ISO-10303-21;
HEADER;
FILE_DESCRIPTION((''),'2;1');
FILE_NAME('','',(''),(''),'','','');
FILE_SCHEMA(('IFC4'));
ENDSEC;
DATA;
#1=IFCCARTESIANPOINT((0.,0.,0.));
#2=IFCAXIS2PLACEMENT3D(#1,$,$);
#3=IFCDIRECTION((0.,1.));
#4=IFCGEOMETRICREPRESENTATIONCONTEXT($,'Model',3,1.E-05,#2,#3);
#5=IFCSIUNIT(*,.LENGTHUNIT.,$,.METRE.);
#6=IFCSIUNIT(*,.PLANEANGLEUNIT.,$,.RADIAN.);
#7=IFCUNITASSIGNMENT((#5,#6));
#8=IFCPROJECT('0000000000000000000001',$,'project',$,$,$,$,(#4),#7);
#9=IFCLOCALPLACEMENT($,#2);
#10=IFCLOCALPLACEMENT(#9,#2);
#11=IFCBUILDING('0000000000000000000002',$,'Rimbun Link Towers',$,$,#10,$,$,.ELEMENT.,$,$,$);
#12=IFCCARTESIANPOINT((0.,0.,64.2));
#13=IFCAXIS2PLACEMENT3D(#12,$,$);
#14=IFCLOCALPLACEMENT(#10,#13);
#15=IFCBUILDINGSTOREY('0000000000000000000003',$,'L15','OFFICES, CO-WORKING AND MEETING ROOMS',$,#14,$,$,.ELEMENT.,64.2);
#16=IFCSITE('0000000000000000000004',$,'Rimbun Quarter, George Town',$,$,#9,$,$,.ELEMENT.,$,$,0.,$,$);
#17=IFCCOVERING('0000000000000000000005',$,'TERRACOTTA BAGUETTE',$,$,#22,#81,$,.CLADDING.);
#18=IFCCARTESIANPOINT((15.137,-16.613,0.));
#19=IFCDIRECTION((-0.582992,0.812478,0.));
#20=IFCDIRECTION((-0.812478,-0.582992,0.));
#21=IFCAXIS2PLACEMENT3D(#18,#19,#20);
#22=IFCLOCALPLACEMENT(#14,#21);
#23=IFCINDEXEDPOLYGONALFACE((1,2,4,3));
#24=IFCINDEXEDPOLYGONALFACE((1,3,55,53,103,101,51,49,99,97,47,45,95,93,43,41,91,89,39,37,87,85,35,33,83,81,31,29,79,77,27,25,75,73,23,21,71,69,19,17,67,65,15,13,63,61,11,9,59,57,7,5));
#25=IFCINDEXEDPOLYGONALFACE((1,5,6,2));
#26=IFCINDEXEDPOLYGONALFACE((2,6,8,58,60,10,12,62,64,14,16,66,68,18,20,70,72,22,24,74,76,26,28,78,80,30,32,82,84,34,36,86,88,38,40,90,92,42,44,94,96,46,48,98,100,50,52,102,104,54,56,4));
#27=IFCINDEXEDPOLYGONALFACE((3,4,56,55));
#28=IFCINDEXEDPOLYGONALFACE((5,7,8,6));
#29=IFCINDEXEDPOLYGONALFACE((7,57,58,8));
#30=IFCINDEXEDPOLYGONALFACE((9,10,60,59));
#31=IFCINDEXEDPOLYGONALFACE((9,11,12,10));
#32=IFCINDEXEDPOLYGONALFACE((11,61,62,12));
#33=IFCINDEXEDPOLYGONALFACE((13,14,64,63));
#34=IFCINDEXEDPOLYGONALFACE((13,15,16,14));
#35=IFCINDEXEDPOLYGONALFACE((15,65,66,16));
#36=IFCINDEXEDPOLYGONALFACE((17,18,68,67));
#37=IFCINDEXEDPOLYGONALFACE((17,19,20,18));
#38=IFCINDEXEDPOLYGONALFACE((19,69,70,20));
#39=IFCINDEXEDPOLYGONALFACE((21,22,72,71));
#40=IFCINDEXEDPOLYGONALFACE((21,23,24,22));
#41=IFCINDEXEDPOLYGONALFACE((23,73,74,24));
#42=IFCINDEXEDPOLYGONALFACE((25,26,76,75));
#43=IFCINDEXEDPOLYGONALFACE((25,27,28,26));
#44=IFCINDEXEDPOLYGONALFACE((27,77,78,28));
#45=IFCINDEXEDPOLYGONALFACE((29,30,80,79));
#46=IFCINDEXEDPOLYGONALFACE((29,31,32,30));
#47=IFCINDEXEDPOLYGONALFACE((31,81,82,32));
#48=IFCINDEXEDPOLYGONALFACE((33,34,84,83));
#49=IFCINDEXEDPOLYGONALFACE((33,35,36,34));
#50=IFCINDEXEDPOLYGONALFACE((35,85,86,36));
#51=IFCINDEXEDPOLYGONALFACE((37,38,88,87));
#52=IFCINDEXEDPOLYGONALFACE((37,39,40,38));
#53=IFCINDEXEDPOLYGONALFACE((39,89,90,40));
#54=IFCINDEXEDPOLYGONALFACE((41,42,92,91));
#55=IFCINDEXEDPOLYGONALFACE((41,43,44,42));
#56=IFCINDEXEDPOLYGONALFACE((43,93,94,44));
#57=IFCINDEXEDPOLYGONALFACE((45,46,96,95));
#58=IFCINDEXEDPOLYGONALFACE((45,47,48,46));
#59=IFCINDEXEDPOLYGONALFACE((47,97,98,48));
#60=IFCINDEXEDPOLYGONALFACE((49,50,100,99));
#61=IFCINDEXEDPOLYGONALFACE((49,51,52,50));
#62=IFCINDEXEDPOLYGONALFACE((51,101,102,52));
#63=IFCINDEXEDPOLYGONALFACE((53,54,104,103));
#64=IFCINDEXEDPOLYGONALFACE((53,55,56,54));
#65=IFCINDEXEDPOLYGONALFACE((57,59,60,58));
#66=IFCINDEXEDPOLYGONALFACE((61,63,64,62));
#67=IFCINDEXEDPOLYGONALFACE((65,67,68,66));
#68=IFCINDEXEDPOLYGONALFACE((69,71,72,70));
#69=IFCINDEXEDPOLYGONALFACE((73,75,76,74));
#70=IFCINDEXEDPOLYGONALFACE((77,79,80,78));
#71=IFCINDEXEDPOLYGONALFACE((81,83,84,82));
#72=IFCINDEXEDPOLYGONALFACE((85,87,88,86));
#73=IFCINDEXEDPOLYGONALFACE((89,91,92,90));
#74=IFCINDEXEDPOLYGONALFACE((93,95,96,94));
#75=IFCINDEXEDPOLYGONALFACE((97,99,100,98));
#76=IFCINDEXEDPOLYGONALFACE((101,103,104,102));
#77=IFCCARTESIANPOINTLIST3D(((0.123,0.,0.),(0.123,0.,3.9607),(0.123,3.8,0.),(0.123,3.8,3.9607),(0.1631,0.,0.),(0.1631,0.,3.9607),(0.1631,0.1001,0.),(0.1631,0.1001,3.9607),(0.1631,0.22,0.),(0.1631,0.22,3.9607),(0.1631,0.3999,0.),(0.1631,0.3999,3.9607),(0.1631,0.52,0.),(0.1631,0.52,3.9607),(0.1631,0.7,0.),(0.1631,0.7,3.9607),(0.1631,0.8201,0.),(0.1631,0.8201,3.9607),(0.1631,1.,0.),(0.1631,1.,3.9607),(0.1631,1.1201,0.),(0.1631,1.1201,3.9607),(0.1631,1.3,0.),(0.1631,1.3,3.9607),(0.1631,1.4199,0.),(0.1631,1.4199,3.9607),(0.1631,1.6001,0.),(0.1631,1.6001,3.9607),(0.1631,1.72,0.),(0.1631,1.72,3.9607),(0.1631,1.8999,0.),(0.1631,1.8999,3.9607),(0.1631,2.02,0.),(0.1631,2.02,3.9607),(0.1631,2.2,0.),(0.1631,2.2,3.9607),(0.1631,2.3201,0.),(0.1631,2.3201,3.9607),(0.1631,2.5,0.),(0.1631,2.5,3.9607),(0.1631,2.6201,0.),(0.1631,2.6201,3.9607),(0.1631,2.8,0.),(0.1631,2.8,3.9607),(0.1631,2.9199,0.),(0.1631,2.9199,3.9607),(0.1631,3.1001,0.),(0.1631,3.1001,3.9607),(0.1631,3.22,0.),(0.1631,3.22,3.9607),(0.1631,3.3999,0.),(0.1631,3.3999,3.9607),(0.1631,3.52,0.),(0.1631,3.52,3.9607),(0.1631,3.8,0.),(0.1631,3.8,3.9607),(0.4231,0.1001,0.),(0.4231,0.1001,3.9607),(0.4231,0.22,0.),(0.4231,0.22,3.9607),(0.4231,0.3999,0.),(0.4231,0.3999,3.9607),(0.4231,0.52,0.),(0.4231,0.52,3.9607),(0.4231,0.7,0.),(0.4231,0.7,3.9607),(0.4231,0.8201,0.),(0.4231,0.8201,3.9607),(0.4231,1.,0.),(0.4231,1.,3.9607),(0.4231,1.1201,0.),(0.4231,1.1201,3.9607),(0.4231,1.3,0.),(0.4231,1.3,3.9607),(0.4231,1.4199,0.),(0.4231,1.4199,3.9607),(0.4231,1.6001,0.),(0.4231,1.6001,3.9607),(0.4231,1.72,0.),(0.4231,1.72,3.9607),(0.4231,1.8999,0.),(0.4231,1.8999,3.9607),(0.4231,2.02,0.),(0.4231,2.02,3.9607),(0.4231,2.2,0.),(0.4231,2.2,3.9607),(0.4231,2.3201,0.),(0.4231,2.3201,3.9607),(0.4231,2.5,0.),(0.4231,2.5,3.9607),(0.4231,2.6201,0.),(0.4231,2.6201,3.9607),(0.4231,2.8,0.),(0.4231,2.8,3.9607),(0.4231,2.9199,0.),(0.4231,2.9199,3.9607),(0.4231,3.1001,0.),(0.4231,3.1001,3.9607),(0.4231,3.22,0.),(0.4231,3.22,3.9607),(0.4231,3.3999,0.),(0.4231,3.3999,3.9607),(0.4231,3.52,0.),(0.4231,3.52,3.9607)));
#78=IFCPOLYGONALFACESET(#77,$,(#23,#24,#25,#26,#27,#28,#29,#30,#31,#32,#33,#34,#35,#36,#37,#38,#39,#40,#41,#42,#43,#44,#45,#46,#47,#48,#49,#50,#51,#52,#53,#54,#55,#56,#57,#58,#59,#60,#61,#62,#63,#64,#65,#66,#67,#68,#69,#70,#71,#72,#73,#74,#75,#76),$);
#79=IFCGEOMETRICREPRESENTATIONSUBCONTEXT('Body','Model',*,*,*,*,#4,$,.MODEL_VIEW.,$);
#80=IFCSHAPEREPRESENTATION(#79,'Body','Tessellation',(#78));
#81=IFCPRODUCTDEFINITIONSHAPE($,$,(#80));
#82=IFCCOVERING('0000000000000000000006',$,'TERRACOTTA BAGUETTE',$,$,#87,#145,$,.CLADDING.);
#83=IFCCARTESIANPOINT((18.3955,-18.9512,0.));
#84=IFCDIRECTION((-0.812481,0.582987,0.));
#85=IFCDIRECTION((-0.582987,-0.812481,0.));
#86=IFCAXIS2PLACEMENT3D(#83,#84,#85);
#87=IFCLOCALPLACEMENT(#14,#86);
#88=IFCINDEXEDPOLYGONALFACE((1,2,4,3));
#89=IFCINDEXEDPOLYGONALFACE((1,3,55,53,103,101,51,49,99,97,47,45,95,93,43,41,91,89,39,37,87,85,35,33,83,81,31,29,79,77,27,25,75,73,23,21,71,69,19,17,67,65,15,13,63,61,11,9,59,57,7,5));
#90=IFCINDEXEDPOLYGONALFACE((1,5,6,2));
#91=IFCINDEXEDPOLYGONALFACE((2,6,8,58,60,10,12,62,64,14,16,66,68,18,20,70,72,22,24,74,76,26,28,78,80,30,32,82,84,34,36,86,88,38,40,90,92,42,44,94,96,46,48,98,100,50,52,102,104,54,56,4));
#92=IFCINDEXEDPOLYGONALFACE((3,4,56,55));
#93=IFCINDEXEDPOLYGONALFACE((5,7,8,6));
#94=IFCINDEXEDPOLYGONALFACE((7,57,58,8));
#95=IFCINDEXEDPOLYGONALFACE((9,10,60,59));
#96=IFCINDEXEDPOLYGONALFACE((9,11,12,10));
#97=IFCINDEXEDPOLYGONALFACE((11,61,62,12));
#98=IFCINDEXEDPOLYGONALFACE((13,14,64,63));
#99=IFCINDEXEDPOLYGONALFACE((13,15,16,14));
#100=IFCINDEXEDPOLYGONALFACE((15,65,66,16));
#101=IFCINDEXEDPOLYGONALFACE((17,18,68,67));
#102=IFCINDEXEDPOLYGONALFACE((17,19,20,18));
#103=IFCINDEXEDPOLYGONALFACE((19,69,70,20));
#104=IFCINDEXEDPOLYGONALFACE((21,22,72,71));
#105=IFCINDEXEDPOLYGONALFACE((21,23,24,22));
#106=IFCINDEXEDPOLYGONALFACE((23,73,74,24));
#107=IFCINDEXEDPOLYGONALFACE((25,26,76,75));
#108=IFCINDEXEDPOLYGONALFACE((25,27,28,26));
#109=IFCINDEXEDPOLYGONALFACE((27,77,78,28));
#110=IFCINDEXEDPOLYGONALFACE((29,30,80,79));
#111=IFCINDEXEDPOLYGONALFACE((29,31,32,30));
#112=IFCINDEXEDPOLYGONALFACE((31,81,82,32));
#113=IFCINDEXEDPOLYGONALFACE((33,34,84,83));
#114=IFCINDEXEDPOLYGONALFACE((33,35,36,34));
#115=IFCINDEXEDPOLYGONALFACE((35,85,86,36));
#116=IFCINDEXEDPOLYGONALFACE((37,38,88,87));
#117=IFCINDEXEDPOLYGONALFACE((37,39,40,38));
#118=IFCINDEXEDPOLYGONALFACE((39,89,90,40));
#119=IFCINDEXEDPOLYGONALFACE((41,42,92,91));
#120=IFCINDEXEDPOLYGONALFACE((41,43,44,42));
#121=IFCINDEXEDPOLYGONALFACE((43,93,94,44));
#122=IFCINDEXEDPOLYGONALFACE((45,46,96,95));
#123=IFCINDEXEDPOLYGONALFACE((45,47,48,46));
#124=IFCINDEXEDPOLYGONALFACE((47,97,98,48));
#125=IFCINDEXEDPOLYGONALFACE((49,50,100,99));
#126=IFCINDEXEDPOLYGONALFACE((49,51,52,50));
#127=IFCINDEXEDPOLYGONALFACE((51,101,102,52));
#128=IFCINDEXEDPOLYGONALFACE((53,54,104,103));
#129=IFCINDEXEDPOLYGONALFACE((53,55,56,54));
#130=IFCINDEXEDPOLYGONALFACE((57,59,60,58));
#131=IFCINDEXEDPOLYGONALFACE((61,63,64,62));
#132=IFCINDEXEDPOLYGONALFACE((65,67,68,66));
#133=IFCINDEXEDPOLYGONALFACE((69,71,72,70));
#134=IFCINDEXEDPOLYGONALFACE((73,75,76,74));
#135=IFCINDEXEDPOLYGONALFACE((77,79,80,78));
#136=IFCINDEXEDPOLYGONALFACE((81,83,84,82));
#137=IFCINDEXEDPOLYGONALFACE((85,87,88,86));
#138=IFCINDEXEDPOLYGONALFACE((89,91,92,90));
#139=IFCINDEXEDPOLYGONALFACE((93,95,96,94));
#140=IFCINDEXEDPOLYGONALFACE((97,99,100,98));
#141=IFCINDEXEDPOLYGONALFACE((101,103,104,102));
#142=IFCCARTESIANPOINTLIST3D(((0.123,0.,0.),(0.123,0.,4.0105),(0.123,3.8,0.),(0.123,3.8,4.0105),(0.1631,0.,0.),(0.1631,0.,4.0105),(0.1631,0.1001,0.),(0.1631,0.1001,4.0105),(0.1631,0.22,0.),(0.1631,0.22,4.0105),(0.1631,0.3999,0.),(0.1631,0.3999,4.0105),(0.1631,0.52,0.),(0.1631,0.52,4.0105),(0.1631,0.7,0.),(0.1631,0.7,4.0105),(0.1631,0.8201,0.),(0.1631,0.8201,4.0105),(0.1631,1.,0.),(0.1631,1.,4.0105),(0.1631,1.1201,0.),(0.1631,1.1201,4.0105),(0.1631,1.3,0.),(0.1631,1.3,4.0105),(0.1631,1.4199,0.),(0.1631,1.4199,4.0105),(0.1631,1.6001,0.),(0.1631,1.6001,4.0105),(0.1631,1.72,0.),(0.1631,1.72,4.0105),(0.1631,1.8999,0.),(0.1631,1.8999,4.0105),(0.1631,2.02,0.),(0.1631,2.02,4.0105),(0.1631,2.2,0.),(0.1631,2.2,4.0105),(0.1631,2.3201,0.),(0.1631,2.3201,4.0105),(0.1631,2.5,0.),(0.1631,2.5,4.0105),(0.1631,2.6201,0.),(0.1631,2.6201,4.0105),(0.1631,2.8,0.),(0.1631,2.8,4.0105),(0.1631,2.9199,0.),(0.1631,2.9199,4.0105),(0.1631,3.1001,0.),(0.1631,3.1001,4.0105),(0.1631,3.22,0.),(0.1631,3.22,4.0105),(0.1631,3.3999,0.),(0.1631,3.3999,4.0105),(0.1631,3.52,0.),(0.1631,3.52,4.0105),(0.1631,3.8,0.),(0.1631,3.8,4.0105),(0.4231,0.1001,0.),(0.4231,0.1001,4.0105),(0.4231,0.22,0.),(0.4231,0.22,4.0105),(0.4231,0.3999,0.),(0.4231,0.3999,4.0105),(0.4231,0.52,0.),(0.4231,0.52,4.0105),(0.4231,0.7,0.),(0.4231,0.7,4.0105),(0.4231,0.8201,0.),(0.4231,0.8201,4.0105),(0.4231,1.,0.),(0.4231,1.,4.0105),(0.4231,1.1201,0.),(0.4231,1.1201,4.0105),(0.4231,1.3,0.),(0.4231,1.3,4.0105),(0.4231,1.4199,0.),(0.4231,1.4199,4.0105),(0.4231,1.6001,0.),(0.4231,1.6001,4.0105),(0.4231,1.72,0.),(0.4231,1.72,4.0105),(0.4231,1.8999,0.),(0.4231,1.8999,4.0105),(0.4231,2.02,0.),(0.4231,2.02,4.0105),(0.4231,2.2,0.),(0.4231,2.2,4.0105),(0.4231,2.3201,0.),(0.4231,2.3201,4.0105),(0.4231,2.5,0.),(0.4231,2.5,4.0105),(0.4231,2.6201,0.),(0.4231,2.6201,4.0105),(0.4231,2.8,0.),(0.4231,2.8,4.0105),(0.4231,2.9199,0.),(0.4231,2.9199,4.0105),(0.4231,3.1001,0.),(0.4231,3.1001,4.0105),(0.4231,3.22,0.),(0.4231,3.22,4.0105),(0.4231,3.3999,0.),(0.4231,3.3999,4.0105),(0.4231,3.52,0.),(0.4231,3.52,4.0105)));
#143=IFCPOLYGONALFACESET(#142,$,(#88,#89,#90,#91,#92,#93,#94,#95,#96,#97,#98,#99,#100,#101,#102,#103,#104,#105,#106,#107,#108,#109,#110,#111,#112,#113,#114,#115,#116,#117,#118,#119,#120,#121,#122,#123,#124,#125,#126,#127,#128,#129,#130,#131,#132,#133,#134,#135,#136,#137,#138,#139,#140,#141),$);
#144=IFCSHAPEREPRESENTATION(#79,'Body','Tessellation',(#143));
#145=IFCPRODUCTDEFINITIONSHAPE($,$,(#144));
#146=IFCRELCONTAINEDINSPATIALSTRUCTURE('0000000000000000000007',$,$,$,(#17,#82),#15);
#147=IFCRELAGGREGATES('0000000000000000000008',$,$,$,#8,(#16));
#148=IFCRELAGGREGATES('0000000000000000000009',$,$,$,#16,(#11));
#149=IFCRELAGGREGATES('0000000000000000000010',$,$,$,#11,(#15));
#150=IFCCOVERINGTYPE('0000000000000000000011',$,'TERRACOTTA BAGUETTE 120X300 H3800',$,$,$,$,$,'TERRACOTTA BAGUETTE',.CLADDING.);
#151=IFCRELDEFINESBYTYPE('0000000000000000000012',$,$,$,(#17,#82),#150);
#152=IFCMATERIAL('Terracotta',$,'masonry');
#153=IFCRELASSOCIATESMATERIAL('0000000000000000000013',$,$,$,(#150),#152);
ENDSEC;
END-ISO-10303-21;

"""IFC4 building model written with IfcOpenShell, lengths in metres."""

from ifc_helpers import new_model, si_unit, direction, frame, origin, place, context, subcontext, project, spatial, polyline, outline, extrude, material, material_profile, profile_set, type_object, element, save


model = new_model("IFC4")

# Units and contexts
model_context = context("Model", 3, precision=1e-05, world=origin(), true_north=direction((0.0, 1.0)))
body_context = subcontext(model_context, "Body", "Model", "MODEL_VIEW")
ifc_project = project(units=[si_unit("LENGTHUNIT", "METRE"), si_unit("PLANEANGLEUNIT", "RADIAN")], contexts=[model_context])

# Site, building, storey
site_placement = place(None, origin())
site = spatial("IfcSite", under=ifc_project, at=site_placement, Name="Rimbun Quarter, George Town", CompositionType="ELEMENT", RefElevation=0.0)
building_placement = place(site_placement, origin())
building = spatial("IfcBuilding", under=site, at=building_placement, Name="Rimbun Link Towers", CompositionType="ELEMENT")
storey_placement = place(building_placement, frame((0.0, 0.0, 64.2)))
storey = spatial("IfcBuildingStorey", under=building, at=storey_placement, Name="L15", Description="OFFICES, CO-WORKING AND MEETING ROOMS", CompositionType="ELEMENT", Elevation=64.2)

# Coverings
ifc_material_1 = material(Name="Terracotta", Category="masonry")
ifc_material_profile_1 = material_profile(ifc_material_1, outline(polyline([(0.123, 0.0), (0.1631, 0.0), (0.1631, 0.1001), (0.4231, 0.1001), (0.4231, 0.22), (0.1631, 0.22), (0.1631, 0.3999), (0.4231, 0.3999), (0.4231, 0.52), (0.1631, 0.52), (0.1631, 0.7), (0.4231, 0.7), (0.4231, 0.8201), (0.1631, 0.8201), (0.1631, 1.0), (0.4231, 1.0), (0.4231, 1.1201), (0.1631, 1.1201), (0.1631, 1.3), (0.4231, 1.3), (0.4231, 1.4199), (0.1631, 1.4199), (0.1631, 1.6001), (0.4231, 1.6001), (0.4231, 1.72), (0.1631, 1.72), (0.1631, 1.8999), (0.4231, 1.8999), (0.4231, 2.02), (0.1631, 2.02), (0.1631, 2.2), (0.4231, 2.2), (0.4231, 2.3201), (0.1631, 2.3201), (0.1631, 2.5), (0.4231, 2.5), (0.4231, 2.6201), (0.1631, 2.6201), (0.1631, 2.8), (0.4231, 2.8), (0.4231, 2.9199), (0.1631, 2.9199), (0.1631, 3.1001), (0.4231, 3.1001), (0.4231, 3.22), (0.1631, 3.22), (0.1631, 3.3999), (0.4231, 3.3999), (0.4231, 3.52), (0.1631, 3.52), (0.1631, 3.8), (0.123, 3.8), (0.123, 0.0)])), Name="BAGUETTE 120X300")
ifc_profile_set_1 = profile_set([ifc_material_profile_1], Name="Terracotta")
covering_type = type_object("IfcCoveringType", Name="TERRACOTTA BAGUETTE 120X300 H3800", ElementType="TERRACOTTA BAGUETTE", PredefinedType="CLADDING", material=ifc_profile_set_1)
covering_1_placement = place(storey_placement, frame((15.137, -16.613, 0.0), z_axis=(-0.582992, 0.812478, 0.0), x_axis=(-0.812478, -0.582992, 0.0)))
element("IfcCovering", 1, at=covering_1_placement, inside=storey, type_object=covering_type, Name="TERRACOTTA BAGUETTE", PredefinedType="CLADDING", context=body_context, shape_type="SweptSolid", body=[
    extrude(outline(polyline([(0.123, 0.0), (0.1631, 0.0), (0.1631, 0.1001), (0.4231, 0.1001), (0.4231, 0.22), (0.1631, 0.22), (0.1631, 0.3999), (0.4231, 0.3999), (0.4231, 0.52), (0.1631, 0.52), (0.1631, 0.7), (0.4231, 0.7), (0.4231, 0.8201), (0.1631, 0.8201), (0.1631, 1.0), (0.4231, 1.0), (0.4231, 1.1201), (0.1631, 1.1201), (0.1631, 1.3), (0.4231, 1.3), (0.4231, 1.4199), (0.1631, 1.4199), (0.1631, 1.6001), (0.4231, 1.6001), (0.4231, 1.72), (0.1631, 1.72), (0.1631, 1.8999), (0.4231, 1.8999), (0.4231, 2.02), (0.1631, 2.02), (0.1631, 2.2), (0.4231, 2.2), (0.4231, 2.3201), (0.1631, 2.3201), (0.1631, 2.5), (0.4231, 2.5), (0.4231, 2.6201), (0.1631, 2.6201), (0.1631, 2.8), (0.4231, 2.8), (0.4231, 2.9199), (0.1631, 2.9199), (0.1631, 3.1001), (0.4231, 3.1001), (0.4231, 3.22), (0.1631, 3.22), (0.1631, 3.3999), (0.4231, 3.3999), (0.4231, 3.52), (0.1631, 3.52), (0.1631, 3.8), (0.123, 3.8), (0.123, 0.0)])), origin(), (0.0, 0.0, 1.0), 3.9607),
])
covering_2_placement = place(storey_placement, frame((18.3955, -18.9512, 0.0), z_axis=(-0.812481, 0.582987, 0.0), x_axis=(-0.582987, -0.812481, 0.0)))
element("IfcCovering", 2, at=covering_2_placement, inside=storey, type_object=covering_type, Name="TERRACOTTA BAGUETTE", PredefinedType="CLADDING", context=body_context, shape_type="SweptSolid", body=[
    extrude(outline(polyline([(0.123, 0.0), (0.1631, 0.0), (0.1631, 0.1001), (0.4231, 0.1001), (0.4231, 0.22), (0.1631, 0.22), (0.1631, 0.3999), (0.4231, 0.3999), (0.4231, 0.52), (0.1631, 0.52), (0.1631, 0.7), (0.4231, 0.7), (0.4231, 0.8201), (0.1631, 0.8201), (0.1631, 1.0), (0.4231, 1.0), (0.4231, 1.1201), (0.1631, 1.1201), (0.1631, 1.3), (0.4231, 1.3), (0.4231, 1.4199), (0.1631, 1.4199), (0.1631, 1.6001), (0.4231, 1.6001), (0.4231, 1.72), (0.1631, 1.72), (0.1631, 1.8999), (0.4231, 1.8999), (0.4231, 2.02), (0.1631, 2.02), (0.1631, 2.2), (0.4231, 2.2), (0.4231, 2.3201), (0.1631, 2.3201), (0.1631, 2.5), (0.4231, 2.5), (0.4231, 2.6201), (0.1631, 2.6201), (0.1631, 2.8), (0.4231, 2.8), (0.4231, 2.9199), (0.1631, 2.9199), (0.1631, 3.1001), (0.4231, 3.1001), (0.4231, 3.22), (0.1631, 3.22), (0.1631, 3.3999), (0.4231, 3.3999), (0.4231, 3.52), (0.1631, 3.52), (0.1631, 3.8), (0.123, 3.8), (0.123, 0.0)])), origin(), (0.0, 0.0, 1.0), 4.0105),
])

save(model, "model.ifc")
